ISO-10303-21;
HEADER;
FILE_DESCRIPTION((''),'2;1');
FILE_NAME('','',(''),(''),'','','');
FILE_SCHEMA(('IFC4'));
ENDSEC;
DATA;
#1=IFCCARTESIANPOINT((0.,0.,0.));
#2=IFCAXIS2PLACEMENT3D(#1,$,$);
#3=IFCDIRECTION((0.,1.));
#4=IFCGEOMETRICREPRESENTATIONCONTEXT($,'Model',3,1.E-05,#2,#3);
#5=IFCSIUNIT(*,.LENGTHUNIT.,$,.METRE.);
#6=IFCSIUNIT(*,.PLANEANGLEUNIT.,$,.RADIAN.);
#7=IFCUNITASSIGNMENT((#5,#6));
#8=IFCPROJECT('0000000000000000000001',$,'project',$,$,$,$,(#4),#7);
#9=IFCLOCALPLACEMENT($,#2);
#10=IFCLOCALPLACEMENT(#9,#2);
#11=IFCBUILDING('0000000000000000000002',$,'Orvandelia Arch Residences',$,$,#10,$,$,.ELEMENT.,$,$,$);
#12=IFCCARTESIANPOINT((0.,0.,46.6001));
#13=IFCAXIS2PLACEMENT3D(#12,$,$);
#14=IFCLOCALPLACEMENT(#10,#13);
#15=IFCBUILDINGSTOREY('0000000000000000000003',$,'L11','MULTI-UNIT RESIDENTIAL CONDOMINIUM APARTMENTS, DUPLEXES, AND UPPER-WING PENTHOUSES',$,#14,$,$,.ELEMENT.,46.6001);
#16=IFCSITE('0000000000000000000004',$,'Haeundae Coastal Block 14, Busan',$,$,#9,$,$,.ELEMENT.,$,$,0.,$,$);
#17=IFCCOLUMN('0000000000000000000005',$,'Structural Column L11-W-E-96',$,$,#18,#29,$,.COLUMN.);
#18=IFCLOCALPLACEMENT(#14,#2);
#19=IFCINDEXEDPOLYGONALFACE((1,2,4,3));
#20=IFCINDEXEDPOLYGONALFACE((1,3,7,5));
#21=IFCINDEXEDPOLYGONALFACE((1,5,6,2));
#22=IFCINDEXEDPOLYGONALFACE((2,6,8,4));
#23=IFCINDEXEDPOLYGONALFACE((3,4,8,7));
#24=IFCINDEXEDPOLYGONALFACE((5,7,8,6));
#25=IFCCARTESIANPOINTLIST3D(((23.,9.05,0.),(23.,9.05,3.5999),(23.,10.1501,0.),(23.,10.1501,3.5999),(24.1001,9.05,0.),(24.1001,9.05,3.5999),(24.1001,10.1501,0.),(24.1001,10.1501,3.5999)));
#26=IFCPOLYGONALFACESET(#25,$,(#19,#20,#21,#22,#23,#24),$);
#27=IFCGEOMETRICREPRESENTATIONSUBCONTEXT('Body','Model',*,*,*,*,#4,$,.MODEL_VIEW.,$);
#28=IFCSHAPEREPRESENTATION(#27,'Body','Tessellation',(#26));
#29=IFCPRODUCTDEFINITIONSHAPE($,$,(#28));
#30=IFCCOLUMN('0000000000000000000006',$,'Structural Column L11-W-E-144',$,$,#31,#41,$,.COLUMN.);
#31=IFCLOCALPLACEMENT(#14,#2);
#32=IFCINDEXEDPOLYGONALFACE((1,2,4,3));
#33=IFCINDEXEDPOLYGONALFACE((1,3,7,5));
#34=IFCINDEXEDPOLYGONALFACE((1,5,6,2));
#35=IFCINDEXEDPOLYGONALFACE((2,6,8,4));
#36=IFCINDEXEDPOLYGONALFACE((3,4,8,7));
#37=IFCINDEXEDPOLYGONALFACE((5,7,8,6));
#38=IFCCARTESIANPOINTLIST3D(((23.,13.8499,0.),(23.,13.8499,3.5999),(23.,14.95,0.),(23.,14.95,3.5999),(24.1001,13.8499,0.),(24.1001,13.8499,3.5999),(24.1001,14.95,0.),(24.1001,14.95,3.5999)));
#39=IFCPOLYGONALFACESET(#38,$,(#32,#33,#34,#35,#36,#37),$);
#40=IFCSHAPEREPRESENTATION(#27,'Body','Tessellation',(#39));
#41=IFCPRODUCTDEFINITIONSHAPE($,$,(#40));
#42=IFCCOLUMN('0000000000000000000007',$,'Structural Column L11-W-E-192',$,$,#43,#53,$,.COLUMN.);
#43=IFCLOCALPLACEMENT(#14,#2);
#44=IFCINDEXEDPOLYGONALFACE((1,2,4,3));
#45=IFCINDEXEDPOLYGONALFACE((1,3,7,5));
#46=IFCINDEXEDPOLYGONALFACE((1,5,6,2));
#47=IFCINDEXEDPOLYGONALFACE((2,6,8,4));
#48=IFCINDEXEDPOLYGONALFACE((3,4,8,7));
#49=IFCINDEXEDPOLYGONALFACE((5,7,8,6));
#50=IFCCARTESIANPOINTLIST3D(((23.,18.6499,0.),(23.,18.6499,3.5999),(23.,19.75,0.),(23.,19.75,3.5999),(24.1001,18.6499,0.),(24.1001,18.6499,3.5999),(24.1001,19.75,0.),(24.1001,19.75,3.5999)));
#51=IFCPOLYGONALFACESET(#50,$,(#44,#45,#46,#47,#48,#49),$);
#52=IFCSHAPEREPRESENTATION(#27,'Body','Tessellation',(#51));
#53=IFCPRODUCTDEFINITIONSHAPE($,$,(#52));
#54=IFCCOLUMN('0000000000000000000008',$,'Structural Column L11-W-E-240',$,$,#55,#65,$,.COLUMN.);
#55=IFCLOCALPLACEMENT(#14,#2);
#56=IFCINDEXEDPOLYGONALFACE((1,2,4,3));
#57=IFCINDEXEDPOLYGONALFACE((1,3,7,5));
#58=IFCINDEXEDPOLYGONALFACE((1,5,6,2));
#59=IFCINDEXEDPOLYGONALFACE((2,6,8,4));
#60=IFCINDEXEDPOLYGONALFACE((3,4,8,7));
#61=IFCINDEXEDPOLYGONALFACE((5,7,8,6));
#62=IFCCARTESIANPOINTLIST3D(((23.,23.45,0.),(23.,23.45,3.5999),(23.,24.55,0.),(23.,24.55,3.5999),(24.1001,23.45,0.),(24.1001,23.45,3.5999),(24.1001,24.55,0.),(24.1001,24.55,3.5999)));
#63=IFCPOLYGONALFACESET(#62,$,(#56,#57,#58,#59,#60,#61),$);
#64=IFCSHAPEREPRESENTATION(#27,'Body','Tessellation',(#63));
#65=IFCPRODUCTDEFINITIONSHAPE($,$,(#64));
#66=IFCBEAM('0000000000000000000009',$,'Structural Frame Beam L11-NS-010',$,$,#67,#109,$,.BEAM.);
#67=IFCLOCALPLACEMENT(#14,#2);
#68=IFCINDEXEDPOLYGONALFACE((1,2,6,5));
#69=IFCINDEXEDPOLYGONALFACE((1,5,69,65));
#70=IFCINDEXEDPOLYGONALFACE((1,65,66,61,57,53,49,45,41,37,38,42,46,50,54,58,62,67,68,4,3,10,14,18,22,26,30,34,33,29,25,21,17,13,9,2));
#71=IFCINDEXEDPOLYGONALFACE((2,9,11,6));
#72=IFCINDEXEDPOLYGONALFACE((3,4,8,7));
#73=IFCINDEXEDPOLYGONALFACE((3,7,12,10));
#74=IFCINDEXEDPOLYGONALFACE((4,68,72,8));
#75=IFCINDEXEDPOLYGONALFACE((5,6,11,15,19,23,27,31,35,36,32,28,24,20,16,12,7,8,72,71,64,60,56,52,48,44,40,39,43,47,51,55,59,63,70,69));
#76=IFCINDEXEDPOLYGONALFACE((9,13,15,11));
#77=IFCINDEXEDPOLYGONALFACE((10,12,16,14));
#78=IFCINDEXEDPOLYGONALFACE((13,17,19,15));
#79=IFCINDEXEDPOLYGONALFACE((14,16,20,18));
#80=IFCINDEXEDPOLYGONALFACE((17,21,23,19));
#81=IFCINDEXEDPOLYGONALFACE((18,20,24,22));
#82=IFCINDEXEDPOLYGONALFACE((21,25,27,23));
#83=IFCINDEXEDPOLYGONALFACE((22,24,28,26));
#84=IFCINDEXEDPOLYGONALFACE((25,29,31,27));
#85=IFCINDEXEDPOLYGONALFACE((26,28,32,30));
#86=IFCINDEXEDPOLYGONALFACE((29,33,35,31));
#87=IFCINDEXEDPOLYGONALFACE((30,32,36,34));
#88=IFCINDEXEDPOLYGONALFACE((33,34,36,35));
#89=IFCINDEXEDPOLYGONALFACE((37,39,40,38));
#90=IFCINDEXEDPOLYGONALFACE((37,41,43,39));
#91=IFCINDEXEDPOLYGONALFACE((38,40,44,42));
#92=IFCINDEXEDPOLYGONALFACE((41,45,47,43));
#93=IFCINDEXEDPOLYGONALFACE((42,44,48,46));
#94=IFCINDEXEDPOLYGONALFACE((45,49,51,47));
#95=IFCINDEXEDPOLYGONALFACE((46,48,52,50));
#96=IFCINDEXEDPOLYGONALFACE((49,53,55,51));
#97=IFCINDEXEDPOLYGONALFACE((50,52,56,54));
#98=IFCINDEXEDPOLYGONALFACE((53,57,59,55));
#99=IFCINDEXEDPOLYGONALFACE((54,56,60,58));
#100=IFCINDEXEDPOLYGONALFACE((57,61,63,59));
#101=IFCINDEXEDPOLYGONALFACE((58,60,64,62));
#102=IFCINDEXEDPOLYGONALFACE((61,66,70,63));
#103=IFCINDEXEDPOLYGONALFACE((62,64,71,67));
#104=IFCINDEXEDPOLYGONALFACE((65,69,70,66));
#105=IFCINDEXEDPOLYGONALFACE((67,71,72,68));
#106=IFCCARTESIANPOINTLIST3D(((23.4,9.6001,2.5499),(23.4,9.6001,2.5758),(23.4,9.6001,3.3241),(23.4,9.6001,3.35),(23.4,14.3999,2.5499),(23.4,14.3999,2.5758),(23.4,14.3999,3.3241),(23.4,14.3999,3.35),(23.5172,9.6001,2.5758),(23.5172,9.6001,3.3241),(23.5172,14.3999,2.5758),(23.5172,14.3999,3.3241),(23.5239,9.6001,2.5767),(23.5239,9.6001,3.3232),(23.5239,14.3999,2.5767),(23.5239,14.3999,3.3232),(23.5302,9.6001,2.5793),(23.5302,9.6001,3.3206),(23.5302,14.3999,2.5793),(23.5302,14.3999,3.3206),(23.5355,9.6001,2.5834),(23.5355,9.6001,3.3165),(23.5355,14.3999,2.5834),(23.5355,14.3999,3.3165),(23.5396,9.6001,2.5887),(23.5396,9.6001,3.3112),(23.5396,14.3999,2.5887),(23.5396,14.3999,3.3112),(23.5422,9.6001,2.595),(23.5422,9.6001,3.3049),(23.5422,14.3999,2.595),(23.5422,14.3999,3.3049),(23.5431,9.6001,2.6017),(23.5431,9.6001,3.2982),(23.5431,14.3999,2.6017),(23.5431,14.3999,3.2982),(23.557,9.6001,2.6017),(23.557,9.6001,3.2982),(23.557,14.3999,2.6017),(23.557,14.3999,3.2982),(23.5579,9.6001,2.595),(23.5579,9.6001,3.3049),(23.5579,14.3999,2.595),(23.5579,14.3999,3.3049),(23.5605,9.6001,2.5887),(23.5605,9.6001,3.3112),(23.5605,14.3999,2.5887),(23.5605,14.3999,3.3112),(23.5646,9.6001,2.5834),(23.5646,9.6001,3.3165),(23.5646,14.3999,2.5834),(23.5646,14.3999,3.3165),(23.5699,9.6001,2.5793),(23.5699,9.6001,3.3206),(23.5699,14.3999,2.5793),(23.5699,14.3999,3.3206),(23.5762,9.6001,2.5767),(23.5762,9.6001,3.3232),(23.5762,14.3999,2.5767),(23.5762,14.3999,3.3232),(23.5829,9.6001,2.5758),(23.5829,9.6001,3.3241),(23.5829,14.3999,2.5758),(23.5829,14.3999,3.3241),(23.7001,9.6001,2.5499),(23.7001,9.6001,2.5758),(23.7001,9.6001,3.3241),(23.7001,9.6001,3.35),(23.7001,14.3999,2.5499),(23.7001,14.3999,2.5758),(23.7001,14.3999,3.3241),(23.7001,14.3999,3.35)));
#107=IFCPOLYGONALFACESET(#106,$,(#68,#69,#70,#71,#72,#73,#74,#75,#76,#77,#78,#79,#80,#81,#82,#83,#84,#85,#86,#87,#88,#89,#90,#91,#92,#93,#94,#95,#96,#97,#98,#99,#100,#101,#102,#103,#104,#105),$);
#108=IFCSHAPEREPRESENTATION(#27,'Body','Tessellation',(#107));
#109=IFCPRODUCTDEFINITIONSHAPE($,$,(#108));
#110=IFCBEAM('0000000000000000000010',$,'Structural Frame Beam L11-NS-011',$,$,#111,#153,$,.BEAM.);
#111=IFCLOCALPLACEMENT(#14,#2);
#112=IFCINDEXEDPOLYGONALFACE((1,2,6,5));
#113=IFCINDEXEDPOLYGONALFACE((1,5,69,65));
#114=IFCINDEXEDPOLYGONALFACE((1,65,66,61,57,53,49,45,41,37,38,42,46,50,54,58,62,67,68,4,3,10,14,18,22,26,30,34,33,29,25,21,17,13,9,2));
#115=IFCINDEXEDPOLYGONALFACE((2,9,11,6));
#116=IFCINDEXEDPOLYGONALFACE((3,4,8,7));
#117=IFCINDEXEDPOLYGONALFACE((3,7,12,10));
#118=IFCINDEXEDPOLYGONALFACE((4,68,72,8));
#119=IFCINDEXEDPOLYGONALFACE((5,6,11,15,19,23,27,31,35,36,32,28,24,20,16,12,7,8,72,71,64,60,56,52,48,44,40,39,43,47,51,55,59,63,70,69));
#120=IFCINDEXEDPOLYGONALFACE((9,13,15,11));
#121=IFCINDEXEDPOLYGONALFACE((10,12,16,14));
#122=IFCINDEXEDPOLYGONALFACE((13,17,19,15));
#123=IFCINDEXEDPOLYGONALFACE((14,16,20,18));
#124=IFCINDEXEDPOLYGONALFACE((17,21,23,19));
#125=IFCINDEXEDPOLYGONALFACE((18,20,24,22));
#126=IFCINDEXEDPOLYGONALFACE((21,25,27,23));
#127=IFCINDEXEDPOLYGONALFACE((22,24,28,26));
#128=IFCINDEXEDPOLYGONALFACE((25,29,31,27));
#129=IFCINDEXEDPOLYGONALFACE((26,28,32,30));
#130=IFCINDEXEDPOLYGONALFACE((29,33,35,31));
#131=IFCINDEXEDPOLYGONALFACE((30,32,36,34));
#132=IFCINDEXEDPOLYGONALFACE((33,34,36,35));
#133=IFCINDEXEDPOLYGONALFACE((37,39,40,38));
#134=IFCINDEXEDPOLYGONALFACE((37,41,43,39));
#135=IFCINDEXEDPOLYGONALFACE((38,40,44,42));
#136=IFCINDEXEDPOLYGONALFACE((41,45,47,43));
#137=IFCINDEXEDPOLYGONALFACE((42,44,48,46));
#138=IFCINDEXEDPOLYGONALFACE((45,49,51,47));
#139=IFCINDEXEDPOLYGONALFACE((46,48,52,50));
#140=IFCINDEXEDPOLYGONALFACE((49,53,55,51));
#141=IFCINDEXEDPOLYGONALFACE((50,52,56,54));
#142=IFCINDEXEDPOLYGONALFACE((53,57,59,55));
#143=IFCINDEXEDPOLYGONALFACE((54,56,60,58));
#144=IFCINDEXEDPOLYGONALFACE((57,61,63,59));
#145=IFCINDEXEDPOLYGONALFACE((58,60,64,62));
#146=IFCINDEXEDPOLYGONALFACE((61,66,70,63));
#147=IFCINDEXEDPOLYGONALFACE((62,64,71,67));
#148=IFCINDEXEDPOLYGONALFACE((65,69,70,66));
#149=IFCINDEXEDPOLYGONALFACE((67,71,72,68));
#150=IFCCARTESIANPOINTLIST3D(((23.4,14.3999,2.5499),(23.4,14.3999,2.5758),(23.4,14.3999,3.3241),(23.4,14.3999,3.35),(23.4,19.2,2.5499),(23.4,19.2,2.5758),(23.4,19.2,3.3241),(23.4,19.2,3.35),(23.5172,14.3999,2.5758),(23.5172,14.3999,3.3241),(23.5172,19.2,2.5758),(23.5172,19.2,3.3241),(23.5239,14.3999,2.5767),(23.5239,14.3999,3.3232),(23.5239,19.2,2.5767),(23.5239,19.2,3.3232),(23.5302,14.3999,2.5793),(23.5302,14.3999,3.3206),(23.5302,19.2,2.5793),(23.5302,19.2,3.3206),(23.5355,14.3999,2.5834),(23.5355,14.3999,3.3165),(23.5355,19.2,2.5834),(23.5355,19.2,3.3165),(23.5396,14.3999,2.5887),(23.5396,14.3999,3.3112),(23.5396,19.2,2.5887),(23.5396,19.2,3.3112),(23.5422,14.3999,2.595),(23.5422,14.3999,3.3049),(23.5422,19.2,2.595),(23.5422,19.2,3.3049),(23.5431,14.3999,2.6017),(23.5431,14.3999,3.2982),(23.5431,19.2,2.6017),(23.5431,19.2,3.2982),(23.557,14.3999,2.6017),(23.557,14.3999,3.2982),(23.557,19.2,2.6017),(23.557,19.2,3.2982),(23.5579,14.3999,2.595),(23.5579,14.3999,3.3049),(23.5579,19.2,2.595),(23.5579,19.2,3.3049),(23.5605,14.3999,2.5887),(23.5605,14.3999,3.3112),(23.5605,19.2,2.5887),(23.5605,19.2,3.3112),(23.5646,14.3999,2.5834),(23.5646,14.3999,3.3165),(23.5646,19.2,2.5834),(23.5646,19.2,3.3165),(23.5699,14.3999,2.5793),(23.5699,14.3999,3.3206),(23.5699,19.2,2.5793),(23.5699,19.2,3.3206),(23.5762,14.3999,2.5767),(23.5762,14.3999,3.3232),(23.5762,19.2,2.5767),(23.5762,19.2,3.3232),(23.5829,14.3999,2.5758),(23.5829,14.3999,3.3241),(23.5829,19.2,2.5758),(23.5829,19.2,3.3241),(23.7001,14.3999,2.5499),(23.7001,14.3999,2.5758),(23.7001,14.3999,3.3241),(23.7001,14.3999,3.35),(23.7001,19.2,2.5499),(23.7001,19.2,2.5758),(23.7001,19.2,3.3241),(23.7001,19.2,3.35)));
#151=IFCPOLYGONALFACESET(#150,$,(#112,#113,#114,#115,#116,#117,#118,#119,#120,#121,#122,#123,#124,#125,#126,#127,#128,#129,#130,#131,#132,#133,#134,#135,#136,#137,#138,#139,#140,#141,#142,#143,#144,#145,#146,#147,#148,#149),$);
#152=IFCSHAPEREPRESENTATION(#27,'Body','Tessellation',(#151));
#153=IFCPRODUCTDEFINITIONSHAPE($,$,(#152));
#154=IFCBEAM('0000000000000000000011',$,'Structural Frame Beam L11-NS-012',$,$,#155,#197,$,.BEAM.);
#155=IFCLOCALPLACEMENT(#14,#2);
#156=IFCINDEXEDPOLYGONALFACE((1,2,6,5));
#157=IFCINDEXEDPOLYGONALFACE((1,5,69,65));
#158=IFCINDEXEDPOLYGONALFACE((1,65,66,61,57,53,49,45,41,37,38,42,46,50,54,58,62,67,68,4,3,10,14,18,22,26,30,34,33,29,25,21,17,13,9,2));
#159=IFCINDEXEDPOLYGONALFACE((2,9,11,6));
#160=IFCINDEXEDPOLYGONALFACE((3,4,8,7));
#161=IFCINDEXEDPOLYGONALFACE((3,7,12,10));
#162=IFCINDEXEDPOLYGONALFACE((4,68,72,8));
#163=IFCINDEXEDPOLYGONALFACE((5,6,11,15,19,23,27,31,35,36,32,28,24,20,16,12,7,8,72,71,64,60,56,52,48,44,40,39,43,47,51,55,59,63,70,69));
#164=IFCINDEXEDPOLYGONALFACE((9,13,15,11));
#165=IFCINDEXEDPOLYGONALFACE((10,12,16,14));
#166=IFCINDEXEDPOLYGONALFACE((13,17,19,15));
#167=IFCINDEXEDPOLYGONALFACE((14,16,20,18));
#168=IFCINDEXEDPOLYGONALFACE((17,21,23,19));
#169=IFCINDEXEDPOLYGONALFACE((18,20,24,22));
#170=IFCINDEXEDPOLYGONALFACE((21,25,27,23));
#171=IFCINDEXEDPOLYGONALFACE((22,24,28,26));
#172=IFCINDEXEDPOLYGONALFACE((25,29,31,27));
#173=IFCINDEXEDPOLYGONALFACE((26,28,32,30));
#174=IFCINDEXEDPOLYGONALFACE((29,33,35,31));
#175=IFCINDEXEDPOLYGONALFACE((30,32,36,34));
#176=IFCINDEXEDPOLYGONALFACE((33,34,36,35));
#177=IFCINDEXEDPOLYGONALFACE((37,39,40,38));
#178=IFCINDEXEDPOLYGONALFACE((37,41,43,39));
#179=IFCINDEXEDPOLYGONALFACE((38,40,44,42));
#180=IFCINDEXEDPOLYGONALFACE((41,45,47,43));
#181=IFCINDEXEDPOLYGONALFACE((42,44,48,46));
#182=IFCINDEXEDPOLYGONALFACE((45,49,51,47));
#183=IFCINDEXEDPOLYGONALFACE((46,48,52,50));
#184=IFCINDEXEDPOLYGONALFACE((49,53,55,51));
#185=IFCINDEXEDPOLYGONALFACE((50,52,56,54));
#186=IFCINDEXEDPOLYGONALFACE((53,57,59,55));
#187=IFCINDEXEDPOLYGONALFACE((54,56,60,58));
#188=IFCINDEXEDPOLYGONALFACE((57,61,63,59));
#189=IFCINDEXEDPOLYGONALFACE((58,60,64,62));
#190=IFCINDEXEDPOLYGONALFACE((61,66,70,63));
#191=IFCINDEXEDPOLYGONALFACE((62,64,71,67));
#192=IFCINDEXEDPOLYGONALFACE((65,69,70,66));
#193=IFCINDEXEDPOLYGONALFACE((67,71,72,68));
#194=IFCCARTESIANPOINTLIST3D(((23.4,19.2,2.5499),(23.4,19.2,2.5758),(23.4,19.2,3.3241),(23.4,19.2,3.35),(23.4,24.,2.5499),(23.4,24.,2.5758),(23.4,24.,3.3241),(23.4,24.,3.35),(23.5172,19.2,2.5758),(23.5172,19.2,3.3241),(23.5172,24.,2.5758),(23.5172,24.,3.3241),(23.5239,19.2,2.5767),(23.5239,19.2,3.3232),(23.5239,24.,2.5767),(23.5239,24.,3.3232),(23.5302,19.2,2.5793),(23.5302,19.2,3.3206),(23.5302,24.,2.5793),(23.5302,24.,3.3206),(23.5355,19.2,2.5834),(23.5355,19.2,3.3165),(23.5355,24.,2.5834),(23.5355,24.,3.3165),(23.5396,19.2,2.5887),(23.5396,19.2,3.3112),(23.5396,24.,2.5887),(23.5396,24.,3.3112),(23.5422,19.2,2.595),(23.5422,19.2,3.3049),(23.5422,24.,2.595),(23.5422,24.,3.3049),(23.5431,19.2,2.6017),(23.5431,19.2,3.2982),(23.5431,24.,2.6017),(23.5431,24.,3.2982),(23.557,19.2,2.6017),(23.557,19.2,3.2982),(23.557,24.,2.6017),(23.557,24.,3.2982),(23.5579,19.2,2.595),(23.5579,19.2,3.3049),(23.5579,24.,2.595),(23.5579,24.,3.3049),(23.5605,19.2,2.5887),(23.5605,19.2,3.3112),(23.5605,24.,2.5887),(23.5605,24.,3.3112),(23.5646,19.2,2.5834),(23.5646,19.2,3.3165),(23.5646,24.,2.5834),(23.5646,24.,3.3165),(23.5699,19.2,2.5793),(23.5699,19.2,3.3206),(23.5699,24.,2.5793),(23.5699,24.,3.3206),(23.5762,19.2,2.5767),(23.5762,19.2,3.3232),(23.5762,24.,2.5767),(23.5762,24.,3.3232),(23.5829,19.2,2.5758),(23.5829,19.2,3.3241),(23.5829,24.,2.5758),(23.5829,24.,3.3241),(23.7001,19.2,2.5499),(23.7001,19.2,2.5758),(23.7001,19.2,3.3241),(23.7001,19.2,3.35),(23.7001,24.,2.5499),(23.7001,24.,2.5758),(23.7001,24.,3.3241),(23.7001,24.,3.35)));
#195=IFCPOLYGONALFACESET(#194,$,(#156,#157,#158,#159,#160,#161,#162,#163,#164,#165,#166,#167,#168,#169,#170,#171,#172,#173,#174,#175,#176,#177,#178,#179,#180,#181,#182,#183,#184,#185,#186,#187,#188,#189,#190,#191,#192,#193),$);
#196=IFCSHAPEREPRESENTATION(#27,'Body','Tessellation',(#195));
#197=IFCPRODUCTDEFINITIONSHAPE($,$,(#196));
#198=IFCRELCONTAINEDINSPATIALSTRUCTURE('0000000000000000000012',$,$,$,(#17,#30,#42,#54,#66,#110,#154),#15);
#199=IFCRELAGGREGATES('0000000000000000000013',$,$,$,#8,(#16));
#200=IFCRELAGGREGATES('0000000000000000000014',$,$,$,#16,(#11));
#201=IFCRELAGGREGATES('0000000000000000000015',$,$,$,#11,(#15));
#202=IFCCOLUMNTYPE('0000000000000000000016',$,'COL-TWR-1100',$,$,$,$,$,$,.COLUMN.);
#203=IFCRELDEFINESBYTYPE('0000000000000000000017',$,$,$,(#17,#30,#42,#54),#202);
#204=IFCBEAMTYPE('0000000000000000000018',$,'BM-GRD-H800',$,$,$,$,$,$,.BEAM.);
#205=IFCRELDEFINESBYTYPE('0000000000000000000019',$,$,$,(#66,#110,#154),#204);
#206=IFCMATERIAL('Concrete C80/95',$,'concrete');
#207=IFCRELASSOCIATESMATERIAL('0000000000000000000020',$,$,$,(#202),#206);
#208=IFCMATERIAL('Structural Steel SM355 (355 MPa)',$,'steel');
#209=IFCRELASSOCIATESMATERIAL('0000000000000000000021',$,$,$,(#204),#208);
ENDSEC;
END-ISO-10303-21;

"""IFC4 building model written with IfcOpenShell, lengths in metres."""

from ifc_helpers import new_model, si_unit, direction, frame, origin, origin_2d, place, context, subcontext, project, spatial, rectangle, i_section, extrude, material, material_profile, profile_set, type_object, element, save


model = new_model("IFC4")

# Units and contexts
model_context = context("Model", 3, precision=1e-05, world=origin(), true_north=direction((0.0, 1.0)))
body_context = subcontext(model_context, "Body", "Model", "MODEL_VIEW")
ifc_project = project(units=[si_unit("LENGTHUNIT", "METRE"), si_unit("PLANEANGLEUNIT", "RADIAN")], contexts=[model_context])

# Site, building, storey
site_placement = place(None, origin())
site = spatial("IfcSite", under=ifc_project, at=site_placement, Name="Haeundae Coastal Block 14, Busan", CompositionType="ELEMENT", RefElevation=0.0)
building_placement = place(site_placement, origin())
building = spatial("IfcBuilding", under=site, at=building_placement, Name="Orvandelia Arch Residences", CompositionType="ELEMENT")
storey_placement = place(building_placement, frame((0.0, 0.0, 46.6001)))
storey = spatial("IfcBuildingStorey", under=building, at=storey_placement, Name="L11", Description="MULTI-UNIT RESIDENTIAL CONDOMINIUM APARTMENTS, DUPLEXES, AND UPPER-WING PENTHOUSES", CompositionType="ELEMENT", Elevation=46.6001)

# Columns
ifc_material_1 = material(Name="Concrete C80/95", Category="concrete")
ifc_material_profile_1 = material_profile(ifc_material_1, rectangle(XDim=1.1001, YDim=1.1001, at=origin_2d()), Name="Concrete C80/95", Category="concrete")
ifc_profile_set_1 = profile_set([ifc_material_profile_1], Name="Concrete C80/95")
column_type = type_object("IfcColumnType", Name="COL-TWR-1100", PredefinedType="COLUMN", material=ifc_profile_set_1)
for number, where, z_axis, x_axis, name in (
    (1, (23.55, 9.6001, 0.0), (0.0, 0.0, 1.0), (1.0, 0.0, 0.0), "Structural Column L11-W-E-96"),
    (2, (23.55, 14.3999, 0.0), (0.0, 0.0, 1.0), (1.0, 0.0, 0.0), "Structural Column L11-W-E-144"),
    (3, (23.55, 19.2, 0.0), (0.0, 0.0, 1.0), (1.0, 0.0, 0.0), "Structural Column L11-W-E-192"),
    (4, (23.55, 24.0, 0.0), (0.0, 0.0, 1.0), (1.0, 0.0, 0.0), "Structural Column L11-W-E-240"),
):
    element("IfcColumn", number, at=place(storey_placement, frame(where, z_axis=z_axis, x_axis=x_axis)), inside=storey, type_object=column_type, Name=name, PredefinedType="COLUMN", context=body_context, shape_type="SweptSolid", body=[
        extrude(rectangle(XDim=1.1001, YDim=1.1001, at=origin_2d()), origin(), (0.0, 0.0, 1.0), 3.5999),
    ])

# Beams
ifc_material_2 = material(Name="Structural Steel SM355 (355 MPa)", Category="steel")
ifc_material_profile_2 = material_profile(ifc_material_2, i_section(OverallWidth=0.3, OverallDepth=0.8, WebThickness=0.0139, FlangeThickness=0.0259, FilletRadius=0.0259, at=origin_2d()), Name="Structural Steel SM355 (355 MPa)", Category="steel")
ifc_profile_set_2 = profile_set([ifc_material_profile_2], Name="Structural Steel SM355 (355 MPa)")
beam_type = type_object("IfcBeamType", Name="BM-GRD-H800", PredefinedType="BEAM", material=ifc_profile_set_2)
beam_1_placement = place(storey_placement, frame((23.55, 9.6001, 2.95), z_axis=(0.0, 1.0, 0.0), x_axis=(-1.0, 0.0, 0.0)))
element("IfcBeam", 5, at=beam_1_placement, inside=storey, type_object=beam_type, Name="Structural Frame Beam L11-NS-010", PredefinedType="BEAM", context=body_context, shape_type="SweptSolid", body=[
    extrude(i_section(OverallWidth=0.3, OverallDepth=0.8, WebThickness=0.0139, FlangeThickness=0.0259, FilletRadius=0.0259, at=origin_2d()), origin(), (0.0, 0.0, 1.0), 4.7998),
])
for number, where, z_axis, x_axis, name in (
    (6, (23.55, 14.3999, 2.95), (0.0, 1.0, 0.0), (-1.0, 0.0, 0.0), "Structural Frame Beam L11-NS-011"),
    (7, (23.55, 19.2, 2.95), (0.0, 1.0, 0.0), (-1.0, 0.0, 0.0), "Structural Frame Beam L11-NS-012"),
):
    element("IfcBeam", number, at=place(storey_placement, frame(where, z_axis=z_axis, x_axis=x_axis)), inside=storey, type_object=beam_type, Name=name, PredefinedType="BEAM", context=body_context, shape_type="SweptSolid", body=[
        extrude(i_section(OverallWidth=0.3, OverallDepth=0.8, WebThickness=0.0139, FlangeThickness=0.0259, FilletRadius=0.0259, at=origin_2d()), origin(), (0.0, 0.0, 1.0), 4.8),
    ])

save(model, "model.ifc")
